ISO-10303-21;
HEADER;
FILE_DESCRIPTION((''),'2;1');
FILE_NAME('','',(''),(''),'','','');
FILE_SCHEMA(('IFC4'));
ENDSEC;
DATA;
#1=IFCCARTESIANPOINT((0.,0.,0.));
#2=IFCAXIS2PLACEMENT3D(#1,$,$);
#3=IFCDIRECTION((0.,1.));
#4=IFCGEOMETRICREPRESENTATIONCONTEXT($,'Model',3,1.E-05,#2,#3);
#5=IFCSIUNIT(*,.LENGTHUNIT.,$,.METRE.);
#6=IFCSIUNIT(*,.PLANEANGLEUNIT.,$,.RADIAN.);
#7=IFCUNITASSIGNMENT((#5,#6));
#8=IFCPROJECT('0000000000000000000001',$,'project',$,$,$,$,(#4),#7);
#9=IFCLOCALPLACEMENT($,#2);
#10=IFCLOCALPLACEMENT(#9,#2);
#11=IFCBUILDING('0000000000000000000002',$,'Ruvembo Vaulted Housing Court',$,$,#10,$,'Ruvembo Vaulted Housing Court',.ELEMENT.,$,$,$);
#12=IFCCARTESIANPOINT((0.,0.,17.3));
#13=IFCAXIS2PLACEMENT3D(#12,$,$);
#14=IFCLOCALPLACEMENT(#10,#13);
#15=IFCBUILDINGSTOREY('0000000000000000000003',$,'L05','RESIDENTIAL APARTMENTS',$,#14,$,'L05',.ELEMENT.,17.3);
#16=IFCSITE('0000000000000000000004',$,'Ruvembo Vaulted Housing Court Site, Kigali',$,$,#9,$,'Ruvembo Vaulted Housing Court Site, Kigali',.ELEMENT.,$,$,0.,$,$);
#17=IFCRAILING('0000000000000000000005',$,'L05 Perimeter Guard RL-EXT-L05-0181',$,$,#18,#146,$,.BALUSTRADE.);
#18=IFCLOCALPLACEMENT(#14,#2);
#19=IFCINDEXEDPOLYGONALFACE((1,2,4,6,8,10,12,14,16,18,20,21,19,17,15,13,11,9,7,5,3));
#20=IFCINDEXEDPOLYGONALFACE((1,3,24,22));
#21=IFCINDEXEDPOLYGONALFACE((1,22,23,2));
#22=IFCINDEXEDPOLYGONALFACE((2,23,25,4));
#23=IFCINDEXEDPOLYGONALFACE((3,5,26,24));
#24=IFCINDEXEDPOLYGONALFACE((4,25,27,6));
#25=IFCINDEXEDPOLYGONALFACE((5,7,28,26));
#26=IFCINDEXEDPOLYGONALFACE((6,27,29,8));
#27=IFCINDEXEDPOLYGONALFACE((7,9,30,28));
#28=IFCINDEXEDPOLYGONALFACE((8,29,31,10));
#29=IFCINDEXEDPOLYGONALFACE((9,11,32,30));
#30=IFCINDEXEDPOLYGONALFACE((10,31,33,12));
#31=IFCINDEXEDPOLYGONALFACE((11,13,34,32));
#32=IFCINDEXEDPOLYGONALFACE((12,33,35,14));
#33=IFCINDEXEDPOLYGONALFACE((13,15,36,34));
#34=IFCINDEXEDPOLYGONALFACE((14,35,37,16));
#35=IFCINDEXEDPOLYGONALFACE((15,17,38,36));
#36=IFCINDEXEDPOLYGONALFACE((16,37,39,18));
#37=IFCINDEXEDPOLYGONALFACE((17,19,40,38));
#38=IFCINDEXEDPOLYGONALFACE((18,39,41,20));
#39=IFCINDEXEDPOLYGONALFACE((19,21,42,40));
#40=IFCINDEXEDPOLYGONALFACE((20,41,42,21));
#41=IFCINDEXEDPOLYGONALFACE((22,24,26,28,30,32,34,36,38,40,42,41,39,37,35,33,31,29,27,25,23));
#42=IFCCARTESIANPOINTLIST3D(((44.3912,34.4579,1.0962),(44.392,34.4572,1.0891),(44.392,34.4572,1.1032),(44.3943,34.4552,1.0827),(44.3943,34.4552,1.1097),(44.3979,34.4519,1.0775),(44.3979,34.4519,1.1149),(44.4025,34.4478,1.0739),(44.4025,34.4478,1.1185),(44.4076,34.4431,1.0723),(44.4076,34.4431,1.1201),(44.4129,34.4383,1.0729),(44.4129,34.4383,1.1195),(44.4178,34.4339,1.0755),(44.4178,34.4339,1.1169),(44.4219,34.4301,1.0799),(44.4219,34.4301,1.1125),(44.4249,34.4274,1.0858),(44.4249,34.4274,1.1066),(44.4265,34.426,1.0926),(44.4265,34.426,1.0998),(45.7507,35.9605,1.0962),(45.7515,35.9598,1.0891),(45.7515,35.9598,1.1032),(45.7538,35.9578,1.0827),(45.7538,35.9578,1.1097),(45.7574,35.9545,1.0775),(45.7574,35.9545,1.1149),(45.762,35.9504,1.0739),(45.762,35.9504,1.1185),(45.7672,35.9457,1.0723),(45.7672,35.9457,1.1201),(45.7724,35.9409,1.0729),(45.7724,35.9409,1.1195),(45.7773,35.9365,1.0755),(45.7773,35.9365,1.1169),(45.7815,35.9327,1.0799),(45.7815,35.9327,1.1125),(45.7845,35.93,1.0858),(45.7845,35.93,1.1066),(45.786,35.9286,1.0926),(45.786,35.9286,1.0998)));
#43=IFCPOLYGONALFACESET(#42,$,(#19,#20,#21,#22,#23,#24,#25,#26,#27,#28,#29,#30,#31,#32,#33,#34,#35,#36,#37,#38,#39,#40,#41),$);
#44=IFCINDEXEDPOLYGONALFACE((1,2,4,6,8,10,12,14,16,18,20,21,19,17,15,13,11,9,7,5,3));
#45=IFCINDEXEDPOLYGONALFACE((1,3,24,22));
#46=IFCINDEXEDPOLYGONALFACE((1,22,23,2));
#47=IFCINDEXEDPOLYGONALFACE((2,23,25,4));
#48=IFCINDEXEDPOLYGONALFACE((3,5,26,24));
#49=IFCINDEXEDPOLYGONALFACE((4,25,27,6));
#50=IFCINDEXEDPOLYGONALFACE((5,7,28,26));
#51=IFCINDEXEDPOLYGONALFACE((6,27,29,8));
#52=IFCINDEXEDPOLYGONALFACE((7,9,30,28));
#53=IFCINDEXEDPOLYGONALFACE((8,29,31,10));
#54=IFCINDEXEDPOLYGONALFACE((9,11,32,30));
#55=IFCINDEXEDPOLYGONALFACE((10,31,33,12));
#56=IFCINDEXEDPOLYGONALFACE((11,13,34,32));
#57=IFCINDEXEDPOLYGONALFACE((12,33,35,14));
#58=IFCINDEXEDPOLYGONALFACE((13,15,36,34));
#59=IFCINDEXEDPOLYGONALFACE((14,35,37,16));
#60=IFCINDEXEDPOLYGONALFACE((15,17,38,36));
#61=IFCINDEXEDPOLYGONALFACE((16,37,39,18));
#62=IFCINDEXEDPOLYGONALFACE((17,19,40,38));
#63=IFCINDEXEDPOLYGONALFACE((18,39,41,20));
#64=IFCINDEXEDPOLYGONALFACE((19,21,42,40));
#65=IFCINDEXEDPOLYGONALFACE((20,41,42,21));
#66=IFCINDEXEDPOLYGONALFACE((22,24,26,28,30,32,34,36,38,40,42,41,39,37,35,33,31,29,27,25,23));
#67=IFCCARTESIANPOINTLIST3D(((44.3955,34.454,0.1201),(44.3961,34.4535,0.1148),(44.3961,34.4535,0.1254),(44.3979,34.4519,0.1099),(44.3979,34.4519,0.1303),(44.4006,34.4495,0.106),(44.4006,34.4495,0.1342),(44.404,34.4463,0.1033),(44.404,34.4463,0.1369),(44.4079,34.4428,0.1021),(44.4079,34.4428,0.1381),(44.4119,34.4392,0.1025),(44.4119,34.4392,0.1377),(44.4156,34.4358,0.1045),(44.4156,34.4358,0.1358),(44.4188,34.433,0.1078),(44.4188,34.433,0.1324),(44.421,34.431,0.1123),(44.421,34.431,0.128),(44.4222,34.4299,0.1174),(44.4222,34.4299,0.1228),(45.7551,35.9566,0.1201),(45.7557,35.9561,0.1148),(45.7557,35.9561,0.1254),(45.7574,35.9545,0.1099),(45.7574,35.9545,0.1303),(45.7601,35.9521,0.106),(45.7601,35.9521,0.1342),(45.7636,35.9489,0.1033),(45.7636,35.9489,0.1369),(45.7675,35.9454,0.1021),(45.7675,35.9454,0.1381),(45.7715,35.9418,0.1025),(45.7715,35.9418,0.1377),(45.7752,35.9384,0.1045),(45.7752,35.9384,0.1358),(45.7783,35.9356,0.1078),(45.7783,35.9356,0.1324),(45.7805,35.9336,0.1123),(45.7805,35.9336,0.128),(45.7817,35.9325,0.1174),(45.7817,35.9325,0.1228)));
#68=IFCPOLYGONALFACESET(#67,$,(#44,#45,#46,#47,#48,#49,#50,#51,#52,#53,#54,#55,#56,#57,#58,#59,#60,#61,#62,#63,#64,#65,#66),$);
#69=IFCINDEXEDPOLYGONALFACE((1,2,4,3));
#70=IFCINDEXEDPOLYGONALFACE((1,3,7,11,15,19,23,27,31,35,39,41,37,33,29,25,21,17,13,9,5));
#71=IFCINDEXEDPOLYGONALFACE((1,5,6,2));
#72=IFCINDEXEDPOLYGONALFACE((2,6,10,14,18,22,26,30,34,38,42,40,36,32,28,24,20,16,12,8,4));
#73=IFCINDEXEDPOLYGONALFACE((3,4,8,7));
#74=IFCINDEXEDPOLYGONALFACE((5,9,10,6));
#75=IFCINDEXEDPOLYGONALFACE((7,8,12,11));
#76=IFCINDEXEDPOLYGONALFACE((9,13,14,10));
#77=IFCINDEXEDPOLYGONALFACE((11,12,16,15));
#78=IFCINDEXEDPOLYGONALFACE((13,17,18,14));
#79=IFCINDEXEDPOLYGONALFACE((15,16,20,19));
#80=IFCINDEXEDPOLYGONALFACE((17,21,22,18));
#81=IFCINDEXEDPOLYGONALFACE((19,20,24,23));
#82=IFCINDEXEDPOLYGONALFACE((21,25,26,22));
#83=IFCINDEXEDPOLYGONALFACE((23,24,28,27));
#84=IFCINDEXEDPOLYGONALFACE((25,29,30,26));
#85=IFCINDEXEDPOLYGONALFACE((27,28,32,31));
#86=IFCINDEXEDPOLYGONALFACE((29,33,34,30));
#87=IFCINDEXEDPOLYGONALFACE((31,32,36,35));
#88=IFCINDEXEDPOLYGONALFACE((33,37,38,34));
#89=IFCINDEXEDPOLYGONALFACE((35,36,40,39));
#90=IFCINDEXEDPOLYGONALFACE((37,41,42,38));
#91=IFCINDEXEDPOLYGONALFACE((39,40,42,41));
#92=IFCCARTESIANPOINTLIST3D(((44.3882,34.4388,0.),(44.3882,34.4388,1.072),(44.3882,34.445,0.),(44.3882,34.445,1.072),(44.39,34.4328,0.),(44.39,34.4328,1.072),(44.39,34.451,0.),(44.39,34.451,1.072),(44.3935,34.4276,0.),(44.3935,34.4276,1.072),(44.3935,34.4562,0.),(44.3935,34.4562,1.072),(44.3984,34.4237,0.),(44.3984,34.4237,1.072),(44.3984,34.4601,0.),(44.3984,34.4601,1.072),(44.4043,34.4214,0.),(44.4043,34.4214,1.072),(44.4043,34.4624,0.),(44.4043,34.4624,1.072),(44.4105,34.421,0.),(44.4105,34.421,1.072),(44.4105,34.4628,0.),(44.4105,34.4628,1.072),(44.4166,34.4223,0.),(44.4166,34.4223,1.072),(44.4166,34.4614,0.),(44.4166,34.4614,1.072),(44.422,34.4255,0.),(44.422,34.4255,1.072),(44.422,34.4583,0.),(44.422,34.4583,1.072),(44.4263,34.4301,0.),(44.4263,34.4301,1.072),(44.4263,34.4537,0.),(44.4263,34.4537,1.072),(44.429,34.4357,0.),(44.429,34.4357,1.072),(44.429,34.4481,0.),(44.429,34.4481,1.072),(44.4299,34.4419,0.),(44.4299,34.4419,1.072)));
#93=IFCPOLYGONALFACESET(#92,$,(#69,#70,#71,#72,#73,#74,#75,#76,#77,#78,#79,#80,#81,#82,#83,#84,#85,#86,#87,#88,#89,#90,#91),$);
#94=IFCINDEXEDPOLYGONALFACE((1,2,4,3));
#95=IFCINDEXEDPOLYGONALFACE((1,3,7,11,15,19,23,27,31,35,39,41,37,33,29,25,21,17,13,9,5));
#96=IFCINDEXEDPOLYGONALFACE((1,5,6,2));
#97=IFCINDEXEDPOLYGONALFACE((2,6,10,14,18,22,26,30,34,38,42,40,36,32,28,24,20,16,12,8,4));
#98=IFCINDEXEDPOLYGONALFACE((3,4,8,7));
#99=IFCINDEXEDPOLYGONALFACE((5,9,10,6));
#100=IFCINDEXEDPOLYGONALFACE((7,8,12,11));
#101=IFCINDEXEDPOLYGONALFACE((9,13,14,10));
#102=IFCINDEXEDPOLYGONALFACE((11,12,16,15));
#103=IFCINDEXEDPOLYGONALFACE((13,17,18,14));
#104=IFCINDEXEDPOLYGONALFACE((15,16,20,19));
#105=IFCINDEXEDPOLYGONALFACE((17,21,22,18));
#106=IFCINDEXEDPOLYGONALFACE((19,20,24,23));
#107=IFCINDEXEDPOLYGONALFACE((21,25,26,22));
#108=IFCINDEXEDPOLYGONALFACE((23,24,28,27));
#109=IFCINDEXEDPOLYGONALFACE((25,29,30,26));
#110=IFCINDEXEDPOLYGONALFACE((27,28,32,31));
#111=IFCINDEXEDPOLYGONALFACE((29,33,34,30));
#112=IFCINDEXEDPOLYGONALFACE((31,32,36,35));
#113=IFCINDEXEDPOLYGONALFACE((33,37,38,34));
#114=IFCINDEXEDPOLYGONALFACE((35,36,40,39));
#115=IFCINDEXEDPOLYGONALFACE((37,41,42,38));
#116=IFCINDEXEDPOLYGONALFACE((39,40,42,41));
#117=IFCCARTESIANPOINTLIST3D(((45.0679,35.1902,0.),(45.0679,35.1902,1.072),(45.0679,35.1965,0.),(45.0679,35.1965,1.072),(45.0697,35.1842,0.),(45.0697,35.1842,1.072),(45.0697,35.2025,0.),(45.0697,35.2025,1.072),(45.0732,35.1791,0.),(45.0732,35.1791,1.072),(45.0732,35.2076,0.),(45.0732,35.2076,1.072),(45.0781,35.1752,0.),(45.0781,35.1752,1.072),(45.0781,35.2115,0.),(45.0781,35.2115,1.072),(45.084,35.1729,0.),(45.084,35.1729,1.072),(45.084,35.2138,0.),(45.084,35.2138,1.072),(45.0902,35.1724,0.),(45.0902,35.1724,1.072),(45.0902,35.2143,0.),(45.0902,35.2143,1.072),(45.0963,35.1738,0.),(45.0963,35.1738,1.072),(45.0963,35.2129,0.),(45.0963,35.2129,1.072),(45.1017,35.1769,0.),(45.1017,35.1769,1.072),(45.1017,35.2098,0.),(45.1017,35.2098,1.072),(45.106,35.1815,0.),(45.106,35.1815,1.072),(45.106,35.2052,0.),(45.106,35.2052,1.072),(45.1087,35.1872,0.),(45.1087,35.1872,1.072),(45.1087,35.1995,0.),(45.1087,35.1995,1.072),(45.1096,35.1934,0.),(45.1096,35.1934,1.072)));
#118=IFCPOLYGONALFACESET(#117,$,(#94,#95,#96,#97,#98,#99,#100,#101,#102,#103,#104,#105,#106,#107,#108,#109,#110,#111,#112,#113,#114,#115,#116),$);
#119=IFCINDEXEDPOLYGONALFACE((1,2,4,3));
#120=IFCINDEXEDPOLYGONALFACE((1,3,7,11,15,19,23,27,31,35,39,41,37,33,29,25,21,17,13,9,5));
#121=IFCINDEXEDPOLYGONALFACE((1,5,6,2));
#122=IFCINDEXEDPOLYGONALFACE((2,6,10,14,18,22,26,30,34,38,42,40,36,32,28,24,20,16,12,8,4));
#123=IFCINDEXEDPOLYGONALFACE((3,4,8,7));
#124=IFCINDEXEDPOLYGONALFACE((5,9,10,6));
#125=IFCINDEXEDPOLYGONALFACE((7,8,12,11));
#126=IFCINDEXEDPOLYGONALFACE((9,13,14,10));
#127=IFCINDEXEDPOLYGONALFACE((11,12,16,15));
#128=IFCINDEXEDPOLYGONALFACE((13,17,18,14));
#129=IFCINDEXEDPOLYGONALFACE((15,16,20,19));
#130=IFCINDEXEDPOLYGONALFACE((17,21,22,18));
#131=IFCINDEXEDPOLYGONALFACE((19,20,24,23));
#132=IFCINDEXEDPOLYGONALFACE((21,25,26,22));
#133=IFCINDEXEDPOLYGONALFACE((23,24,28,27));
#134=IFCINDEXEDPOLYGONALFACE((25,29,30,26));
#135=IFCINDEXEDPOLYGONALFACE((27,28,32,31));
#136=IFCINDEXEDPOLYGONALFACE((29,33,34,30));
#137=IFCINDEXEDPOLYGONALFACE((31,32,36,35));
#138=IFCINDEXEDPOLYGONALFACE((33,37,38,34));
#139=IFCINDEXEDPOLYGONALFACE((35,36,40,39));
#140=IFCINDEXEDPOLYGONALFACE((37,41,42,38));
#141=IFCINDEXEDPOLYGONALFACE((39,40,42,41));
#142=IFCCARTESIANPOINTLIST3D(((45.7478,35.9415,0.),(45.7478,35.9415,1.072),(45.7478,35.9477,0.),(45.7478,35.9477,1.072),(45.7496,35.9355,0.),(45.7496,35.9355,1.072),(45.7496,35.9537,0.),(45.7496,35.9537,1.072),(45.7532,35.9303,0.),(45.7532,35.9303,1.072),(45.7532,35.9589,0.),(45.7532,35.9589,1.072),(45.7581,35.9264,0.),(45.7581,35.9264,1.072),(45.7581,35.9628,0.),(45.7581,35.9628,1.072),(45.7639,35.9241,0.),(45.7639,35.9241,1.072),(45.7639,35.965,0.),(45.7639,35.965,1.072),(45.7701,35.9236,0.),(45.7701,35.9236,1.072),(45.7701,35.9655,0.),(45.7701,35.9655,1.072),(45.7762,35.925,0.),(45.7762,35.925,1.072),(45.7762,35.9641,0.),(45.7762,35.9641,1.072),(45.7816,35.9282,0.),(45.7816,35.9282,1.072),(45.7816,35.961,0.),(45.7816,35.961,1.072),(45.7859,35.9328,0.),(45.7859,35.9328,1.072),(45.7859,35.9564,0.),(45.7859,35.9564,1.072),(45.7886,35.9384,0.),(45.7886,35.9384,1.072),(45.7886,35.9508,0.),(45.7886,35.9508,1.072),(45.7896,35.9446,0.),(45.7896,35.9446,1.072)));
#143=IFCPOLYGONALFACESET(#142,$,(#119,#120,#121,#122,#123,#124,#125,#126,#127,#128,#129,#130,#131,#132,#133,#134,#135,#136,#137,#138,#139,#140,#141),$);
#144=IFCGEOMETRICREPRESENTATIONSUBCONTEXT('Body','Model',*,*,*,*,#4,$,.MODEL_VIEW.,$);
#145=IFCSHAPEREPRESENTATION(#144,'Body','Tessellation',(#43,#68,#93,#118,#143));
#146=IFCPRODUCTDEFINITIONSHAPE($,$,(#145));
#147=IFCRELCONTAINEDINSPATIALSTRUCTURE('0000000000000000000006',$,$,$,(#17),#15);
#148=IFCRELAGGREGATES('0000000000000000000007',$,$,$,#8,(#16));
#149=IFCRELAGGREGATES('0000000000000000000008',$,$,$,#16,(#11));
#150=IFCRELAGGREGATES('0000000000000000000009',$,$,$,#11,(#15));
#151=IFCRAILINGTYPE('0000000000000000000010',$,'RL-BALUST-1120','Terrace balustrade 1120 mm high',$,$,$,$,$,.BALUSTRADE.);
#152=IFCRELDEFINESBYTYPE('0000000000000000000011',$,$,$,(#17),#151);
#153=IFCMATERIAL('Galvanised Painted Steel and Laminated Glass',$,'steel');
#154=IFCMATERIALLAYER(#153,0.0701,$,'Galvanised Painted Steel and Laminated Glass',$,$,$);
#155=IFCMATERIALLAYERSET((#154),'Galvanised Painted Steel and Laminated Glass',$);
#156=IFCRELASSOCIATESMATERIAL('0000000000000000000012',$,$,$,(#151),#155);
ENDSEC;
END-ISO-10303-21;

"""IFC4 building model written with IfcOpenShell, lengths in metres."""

from ifc_helpers import new_model, si_unit, direction, frame, origin, origin_2d, place, context, subcontext, project, spatial, circle, extrude, material, layer, layer_set, type_object, element, save


model = new_model("IFC4")

# Units and contexts
model_context = context("Model", 3, precision=1e-05, world=origin(), true_north=direction((0.0, 1.0)))
body_context = subcontext(model_context, "Body", "Model", "MODEL_VIEW")
ifc_project = project(units=[si_unit("LENGTHUNIT", "METRE"), si_unit("PLANEANGLEUNIT", "RADIAN")], contexts=[model_context])

# Site, building, storey
site_placement = place(None, origin())
site = spatial("IfcSite", under=ifc_project, at=site_placement, Name="Ruvembo Vaulted Housing Court Site, Kigali", LongName="Ruvembo Vaulted Housing Court Site, Kigali", CompositionType="ELEMENT", RefElevation=0.0)
building_placement = place(site_placement, origin())
building = spatial("IfcBuilding", under=site, at=building_placement, Name="Ruvembo Vaulted Housing Court", LongName="Ruvembo Vaulted Housing Court", CompositionType="ELEMENT")
storey_placement = place(building_placement, frame((0.0, 0.0, 17.3)))
storey = spatial("IfcBuildingStorey", under=building, at=storey_placement, Name="L05", Description="RESIDENTIAL APARTMENTS", LongName="L05", CompositionType="ELEMENT", Elevation=17.3)

# Railing
ifc_material_1 = material(Name="Galvanised Painted Steel and Laminated Glass", Category="steel")
ifc_layer_1 = layer(ifc_material_1, 0.0701, Name="Galvanised Painted Steel and Laminated Glass")
ifc_layer_set_1 = layer_set([ifc_layer_1], Name="Galvanised Painted Steel and Laminated Glass")
railing_type = type_object("IfcRailingType", Name="RL-BALUST-1120", Description="Terrace balustrade 1120 mm high", PredefinedType="BALUSTRADE", material=ifc_layer_set_1)
railing_1_placement = place(storey_placement, frame((44.4089, 34.4419, 0.0)))
element("IfcRailing", 1, at=railing_1_placement, inside=storey, type_object=railing_type, Name="L05 Perimeter Guard RL-EXT-L05-0181", PredefinedType="BALUSTRADE", context=body_context, shape_type="SweptSolid", body=[
    extrude(circle(Radius=0.0239, at=origin_2d()), frame((0.0, 0.0, 1.0962), z_axis=(0.670926, 0.741524, 0.0), x_axis=(-0.741524, 0.670926, 0.0)), (0.0, 0.0, 1.0), 2.0264),
    extrude(circle(Radius=0.0181, at=origin_2d()), frame((0.0, 0.0, 0.1201), z_axis=(0.670926, 0.741524, 0.0), x_axis=(-0.741524, 0.670926, 0.0)), (0.0, 0.0, 1.0), 2.0264),
    extrude(circle(Radius=0.021, at=origin_2d()), origin(), (0.0, 0.0, 1.0), 1.072),
    extrude(circle(Radius=0.021, at=origin_2d()), frame((0.6797, 0.7515, 0.0)), (0.0, 0.0, 1.0), 1.072),
    extrude(circle(Radius=0.021, at=origin_2d()), frame((1.3596, 1.5027, 0.0)), (0.0, 0.0, 1.0), 1.072),
])

save(model, "model.ifc")
